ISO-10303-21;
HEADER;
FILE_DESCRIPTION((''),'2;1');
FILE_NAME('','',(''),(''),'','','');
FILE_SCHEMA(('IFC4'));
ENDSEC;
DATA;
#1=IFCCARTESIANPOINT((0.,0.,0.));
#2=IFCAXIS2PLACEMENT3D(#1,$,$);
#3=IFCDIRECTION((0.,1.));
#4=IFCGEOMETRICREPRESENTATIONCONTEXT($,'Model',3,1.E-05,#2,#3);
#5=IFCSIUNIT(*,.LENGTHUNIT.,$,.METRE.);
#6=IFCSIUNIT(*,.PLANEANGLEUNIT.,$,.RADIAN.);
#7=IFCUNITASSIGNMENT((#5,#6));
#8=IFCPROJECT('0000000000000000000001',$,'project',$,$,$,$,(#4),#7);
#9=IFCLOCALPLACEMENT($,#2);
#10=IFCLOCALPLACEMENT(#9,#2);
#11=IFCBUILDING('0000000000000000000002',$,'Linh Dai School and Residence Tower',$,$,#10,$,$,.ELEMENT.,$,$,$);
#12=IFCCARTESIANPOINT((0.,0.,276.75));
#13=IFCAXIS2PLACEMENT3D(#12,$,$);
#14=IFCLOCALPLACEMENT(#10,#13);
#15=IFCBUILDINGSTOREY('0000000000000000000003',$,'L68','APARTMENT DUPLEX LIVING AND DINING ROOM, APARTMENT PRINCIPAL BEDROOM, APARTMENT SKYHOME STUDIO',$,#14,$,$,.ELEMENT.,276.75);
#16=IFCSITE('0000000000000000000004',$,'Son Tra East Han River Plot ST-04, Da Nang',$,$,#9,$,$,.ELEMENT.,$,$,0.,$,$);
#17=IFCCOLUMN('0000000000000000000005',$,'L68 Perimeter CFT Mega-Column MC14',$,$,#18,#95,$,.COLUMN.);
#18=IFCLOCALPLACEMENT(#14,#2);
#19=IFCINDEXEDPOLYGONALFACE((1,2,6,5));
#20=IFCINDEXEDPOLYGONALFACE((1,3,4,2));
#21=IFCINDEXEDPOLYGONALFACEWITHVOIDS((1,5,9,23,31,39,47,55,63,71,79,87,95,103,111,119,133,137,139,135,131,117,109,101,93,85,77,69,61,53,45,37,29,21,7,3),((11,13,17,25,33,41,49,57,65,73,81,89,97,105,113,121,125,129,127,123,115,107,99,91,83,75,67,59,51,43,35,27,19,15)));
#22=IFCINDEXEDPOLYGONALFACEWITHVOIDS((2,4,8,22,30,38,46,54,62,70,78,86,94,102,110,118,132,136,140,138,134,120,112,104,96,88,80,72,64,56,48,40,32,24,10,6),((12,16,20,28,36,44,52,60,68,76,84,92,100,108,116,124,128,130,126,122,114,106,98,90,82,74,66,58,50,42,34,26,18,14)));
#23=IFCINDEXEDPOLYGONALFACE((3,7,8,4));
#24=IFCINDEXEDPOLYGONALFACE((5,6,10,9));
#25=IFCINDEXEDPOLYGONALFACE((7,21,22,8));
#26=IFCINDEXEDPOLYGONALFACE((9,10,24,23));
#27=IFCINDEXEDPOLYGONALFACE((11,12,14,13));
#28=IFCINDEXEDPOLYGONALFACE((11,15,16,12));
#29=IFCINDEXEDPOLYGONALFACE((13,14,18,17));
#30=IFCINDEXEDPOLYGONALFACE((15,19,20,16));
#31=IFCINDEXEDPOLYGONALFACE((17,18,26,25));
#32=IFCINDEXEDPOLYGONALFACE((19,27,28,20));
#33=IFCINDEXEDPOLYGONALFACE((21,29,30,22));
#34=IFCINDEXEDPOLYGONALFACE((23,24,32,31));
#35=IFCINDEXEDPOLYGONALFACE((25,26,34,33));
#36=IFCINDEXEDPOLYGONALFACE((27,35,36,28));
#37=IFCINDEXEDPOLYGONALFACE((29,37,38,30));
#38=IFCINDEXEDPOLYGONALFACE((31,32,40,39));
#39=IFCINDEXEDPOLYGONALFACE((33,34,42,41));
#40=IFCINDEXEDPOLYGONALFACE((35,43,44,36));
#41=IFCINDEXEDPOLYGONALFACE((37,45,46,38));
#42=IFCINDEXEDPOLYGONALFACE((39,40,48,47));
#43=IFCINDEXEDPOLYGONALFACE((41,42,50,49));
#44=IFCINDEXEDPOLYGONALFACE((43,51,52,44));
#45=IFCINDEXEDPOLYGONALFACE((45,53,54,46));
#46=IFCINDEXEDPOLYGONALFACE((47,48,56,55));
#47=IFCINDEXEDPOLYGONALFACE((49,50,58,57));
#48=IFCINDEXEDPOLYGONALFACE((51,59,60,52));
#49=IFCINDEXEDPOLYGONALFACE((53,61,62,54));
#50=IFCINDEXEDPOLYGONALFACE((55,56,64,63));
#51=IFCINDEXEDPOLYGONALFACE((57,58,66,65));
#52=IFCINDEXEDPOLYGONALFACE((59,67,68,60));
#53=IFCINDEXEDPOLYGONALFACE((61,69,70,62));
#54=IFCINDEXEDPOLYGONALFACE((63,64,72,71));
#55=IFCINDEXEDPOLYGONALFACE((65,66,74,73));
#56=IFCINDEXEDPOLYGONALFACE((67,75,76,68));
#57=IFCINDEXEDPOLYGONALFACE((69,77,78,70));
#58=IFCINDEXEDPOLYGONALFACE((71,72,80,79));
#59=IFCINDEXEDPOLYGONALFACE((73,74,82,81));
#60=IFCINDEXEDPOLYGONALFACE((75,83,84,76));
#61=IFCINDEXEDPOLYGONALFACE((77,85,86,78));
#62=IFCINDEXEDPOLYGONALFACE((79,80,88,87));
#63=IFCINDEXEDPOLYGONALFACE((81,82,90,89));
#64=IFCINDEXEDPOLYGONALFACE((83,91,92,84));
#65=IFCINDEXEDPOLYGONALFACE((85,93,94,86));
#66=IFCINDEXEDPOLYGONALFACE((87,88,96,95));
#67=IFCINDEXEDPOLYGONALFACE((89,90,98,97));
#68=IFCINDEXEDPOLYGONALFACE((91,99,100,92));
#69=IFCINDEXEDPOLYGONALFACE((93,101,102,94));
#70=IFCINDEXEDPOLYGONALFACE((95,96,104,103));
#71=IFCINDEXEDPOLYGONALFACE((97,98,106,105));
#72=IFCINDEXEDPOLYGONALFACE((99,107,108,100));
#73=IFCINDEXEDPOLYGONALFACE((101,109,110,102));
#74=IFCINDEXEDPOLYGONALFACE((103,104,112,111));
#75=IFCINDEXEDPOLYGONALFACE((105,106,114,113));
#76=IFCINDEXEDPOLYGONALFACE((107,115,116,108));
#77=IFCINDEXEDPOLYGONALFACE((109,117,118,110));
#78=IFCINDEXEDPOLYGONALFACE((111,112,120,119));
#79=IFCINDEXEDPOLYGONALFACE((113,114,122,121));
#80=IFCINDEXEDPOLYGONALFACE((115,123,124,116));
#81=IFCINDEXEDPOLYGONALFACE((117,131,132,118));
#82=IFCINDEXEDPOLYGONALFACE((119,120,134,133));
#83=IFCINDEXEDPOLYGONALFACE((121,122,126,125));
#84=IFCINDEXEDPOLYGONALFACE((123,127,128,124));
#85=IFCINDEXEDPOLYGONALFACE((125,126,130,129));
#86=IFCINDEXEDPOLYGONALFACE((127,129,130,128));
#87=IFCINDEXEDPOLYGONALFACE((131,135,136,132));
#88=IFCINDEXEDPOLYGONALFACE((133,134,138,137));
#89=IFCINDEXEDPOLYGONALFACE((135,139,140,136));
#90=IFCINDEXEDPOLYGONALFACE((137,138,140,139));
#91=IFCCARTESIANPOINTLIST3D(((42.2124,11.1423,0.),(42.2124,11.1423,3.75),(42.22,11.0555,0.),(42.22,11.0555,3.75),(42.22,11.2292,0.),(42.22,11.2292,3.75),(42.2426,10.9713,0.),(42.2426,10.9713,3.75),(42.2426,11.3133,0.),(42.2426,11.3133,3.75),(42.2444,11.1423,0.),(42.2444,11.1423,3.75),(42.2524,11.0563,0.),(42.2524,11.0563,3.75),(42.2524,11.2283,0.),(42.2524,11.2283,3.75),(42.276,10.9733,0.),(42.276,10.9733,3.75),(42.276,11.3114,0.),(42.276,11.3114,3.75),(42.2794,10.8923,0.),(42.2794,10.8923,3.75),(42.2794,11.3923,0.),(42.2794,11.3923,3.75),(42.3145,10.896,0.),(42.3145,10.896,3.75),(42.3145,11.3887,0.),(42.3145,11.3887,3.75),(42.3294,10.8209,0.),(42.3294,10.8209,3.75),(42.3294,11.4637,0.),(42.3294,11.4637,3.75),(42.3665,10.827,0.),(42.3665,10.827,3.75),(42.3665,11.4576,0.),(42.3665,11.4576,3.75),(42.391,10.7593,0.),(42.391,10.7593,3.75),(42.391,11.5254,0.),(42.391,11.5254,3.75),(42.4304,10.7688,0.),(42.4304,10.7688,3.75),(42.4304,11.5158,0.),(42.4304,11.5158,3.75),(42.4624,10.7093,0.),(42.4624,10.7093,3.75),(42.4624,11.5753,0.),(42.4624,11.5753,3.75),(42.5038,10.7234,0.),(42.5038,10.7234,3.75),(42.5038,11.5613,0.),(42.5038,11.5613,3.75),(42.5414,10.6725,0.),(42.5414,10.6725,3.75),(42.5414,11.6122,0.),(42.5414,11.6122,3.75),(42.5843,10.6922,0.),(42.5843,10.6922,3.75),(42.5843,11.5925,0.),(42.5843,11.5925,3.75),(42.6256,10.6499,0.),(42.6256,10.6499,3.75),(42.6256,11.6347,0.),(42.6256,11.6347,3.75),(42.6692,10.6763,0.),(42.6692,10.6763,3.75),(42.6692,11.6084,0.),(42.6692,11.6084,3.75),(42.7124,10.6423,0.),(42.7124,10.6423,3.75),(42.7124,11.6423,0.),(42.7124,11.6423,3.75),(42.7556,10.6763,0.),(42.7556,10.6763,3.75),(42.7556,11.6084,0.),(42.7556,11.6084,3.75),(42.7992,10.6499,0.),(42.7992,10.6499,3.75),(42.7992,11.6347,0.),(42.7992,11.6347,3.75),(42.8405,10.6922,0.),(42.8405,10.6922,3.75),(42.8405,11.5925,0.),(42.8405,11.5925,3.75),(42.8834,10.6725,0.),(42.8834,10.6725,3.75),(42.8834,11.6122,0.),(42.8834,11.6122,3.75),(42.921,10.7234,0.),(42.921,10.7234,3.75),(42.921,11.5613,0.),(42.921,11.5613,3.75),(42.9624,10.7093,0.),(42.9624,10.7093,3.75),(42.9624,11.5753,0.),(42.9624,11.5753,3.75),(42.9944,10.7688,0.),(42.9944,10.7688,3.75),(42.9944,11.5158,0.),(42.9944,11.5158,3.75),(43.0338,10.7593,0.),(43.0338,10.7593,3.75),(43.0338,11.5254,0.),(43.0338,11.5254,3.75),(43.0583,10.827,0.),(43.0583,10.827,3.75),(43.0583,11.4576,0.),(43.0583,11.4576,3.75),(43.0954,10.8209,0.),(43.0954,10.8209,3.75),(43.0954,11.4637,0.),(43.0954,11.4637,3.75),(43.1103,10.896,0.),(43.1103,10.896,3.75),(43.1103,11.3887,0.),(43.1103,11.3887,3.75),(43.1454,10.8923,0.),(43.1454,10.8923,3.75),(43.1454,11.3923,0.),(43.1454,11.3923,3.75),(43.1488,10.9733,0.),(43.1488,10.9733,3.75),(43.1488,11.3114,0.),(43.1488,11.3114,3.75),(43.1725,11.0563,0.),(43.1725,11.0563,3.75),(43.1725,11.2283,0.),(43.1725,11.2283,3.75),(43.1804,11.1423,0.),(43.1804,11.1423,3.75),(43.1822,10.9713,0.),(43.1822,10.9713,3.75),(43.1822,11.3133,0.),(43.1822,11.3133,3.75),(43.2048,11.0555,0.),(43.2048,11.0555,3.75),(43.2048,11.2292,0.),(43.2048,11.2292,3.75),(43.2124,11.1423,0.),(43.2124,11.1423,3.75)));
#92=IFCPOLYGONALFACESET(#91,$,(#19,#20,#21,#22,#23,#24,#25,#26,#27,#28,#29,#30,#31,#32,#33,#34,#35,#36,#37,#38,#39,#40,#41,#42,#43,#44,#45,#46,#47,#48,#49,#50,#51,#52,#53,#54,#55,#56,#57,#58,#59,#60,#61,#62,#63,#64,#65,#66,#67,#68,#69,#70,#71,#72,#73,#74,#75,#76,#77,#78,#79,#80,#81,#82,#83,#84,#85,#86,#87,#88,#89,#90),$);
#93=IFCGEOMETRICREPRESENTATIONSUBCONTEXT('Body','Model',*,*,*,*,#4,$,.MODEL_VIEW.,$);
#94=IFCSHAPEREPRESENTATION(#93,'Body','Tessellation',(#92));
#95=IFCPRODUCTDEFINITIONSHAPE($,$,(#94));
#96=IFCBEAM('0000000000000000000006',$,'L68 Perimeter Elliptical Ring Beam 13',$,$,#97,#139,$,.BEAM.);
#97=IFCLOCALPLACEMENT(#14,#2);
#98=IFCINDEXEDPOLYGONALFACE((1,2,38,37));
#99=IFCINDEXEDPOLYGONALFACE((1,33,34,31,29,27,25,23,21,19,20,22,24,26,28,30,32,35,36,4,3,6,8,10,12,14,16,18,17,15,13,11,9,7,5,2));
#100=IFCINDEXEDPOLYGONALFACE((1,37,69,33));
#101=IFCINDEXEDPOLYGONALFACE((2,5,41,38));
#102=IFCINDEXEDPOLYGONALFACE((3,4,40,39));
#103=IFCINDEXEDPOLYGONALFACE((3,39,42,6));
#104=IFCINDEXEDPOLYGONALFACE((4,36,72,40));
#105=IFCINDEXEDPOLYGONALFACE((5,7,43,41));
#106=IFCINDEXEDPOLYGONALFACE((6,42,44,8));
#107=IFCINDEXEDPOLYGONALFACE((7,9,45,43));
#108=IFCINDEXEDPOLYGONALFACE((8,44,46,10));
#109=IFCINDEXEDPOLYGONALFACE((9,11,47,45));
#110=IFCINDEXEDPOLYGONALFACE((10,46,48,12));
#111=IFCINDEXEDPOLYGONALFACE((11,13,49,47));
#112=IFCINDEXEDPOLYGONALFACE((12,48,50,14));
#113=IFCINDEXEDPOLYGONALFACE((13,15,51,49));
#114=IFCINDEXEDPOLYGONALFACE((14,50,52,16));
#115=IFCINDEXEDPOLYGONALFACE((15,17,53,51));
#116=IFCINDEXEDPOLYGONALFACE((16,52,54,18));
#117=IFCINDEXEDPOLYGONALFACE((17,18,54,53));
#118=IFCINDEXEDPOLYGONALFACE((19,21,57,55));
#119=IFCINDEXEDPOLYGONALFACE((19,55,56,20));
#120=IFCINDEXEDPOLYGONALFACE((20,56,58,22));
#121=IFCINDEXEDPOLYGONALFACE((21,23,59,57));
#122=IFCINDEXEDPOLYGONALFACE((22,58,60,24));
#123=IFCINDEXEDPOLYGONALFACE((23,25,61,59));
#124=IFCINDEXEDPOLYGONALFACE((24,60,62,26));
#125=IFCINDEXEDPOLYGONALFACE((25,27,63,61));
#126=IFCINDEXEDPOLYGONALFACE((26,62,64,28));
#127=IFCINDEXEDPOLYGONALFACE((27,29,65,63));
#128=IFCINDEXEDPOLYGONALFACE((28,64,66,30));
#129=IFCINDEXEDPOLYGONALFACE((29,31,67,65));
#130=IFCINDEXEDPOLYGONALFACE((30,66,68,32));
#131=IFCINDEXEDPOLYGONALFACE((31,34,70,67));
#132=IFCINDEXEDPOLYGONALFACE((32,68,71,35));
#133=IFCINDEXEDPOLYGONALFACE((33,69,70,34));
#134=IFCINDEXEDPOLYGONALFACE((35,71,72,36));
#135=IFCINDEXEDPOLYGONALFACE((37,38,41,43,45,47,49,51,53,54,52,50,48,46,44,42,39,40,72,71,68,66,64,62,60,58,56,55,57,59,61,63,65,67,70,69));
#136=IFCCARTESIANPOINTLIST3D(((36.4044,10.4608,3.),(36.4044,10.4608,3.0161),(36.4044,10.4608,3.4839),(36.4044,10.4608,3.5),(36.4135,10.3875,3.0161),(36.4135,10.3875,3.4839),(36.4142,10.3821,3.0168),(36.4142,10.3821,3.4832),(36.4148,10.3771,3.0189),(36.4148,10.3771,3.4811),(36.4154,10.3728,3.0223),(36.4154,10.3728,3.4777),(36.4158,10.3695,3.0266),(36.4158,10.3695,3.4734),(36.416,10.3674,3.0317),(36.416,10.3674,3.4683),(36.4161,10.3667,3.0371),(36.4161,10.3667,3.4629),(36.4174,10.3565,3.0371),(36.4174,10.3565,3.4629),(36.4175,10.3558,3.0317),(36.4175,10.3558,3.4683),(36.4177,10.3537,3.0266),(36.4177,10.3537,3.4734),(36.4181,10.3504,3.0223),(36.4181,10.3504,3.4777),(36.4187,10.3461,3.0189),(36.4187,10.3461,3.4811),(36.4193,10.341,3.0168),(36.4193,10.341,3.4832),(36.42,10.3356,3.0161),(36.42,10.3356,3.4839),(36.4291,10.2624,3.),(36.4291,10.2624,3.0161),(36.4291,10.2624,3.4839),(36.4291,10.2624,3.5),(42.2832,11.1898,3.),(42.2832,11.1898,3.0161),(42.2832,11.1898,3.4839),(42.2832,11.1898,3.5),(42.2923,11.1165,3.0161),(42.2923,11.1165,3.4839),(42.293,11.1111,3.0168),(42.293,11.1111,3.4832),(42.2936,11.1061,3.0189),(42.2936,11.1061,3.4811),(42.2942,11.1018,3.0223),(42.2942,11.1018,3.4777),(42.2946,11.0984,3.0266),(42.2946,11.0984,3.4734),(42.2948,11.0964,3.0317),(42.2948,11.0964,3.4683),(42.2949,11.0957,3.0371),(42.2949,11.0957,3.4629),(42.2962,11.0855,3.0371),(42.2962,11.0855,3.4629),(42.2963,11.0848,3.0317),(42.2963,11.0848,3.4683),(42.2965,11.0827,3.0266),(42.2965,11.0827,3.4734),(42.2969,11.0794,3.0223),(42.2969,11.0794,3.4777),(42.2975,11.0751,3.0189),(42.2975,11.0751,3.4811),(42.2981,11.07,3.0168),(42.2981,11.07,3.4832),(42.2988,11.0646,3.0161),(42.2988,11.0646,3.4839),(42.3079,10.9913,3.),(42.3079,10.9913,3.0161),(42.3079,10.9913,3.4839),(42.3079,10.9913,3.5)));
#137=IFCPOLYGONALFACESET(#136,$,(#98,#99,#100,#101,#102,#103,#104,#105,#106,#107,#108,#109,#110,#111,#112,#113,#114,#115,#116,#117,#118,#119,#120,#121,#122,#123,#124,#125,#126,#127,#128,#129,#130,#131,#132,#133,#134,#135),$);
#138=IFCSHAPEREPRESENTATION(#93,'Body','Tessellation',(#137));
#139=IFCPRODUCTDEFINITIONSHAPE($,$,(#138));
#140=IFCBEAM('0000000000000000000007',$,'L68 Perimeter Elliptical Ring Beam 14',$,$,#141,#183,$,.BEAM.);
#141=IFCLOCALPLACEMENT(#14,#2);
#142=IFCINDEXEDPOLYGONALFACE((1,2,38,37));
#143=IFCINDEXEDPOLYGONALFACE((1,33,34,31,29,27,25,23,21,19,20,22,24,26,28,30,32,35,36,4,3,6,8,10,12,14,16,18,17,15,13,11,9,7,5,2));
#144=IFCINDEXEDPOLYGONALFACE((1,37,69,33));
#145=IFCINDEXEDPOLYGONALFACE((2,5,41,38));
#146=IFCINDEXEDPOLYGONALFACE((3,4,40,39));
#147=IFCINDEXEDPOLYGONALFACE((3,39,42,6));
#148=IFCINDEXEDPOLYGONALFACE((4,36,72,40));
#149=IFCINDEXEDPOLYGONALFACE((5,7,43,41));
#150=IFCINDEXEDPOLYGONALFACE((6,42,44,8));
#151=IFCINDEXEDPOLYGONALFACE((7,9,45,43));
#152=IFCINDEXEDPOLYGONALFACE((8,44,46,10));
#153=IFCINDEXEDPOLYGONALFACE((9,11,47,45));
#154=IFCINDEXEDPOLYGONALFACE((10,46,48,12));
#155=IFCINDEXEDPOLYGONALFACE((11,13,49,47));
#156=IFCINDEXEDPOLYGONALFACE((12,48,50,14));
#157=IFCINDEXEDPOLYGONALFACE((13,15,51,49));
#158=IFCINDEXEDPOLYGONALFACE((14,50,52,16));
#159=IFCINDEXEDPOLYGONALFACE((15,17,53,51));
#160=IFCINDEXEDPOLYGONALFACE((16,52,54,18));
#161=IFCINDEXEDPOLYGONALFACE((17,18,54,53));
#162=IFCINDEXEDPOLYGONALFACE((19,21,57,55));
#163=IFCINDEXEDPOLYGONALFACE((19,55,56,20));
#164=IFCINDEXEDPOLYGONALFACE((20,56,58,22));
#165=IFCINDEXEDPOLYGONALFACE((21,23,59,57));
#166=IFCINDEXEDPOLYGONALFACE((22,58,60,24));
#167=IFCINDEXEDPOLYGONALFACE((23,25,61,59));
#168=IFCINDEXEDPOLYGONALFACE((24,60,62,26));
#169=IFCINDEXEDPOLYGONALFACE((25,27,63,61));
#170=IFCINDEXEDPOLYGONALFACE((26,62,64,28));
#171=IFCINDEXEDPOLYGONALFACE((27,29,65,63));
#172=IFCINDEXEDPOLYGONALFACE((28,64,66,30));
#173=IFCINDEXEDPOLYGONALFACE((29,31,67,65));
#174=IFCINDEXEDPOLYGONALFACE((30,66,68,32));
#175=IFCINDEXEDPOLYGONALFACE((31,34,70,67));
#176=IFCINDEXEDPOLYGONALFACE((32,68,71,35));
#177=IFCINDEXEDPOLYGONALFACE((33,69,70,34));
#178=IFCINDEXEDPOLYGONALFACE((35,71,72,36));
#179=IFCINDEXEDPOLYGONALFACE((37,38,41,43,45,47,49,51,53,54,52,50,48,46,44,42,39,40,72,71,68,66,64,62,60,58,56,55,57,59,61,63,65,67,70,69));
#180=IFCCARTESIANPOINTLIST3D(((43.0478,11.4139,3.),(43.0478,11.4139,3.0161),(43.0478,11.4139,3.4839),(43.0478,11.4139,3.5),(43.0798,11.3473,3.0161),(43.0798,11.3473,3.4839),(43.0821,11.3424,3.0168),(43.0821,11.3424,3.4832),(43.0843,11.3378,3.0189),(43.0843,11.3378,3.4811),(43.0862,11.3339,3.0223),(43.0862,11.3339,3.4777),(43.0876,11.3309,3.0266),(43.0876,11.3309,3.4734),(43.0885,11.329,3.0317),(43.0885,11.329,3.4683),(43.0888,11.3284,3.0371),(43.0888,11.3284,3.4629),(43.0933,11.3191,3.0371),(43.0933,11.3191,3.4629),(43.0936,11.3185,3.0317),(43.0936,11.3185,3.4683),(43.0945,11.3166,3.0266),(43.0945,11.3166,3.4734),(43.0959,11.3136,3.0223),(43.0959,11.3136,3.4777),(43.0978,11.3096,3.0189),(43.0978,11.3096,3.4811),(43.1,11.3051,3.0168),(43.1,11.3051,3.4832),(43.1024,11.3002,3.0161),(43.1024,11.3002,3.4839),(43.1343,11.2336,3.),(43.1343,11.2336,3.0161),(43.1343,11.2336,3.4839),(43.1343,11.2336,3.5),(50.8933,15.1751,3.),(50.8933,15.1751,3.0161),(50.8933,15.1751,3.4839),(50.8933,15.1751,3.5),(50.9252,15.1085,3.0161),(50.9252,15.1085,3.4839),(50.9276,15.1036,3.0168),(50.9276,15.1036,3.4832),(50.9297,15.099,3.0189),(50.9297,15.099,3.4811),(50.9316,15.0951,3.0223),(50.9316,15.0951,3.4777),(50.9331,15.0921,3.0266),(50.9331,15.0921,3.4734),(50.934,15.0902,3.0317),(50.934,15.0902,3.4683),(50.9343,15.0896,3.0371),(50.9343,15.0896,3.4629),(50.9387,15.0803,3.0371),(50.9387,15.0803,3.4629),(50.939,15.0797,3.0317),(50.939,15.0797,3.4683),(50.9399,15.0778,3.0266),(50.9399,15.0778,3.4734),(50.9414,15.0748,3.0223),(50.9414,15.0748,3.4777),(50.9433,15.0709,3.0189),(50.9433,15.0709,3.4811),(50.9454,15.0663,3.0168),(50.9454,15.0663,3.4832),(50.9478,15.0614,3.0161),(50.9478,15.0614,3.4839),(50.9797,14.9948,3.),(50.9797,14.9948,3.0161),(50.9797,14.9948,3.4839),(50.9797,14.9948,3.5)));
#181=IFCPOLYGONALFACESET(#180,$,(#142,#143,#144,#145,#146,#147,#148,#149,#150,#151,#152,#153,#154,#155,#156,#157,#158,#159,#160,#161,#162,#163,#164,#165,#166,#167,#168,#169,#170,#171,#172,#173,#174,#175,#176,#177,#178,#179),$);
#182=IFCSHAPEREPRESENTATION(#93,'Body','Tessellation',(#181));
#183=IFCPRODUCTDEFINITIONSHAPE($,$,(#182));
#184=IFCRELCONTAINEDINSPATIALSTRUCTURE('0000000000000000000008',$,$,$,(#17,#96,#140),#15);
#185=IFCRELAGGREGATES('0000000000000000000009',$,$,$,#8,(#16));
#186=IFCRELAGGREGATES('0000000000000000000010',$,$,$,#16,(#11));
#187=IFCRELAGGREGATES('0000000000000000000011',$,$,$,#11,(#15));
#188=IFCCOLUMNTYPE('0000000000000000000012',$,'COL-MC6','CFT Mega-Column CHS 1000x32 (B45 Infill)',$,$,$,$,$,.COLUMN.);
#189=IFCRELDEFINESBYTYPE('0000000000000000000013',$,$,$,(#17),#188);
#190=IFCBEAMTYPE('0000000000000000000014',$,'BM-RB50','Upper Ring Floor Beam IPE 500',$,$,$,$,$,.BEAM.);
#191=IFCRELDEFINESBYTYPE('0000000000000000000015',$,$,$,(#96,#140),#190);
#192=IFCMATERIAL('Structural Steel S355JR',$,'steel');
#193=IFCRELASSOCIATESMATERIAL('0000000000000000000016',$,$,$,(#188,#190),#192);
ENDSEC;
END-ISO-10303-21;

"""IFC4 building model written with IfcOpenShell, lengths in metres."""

from ifc_helpers import new_model, si_unit, direction, frame, origin, origin_2d, place, context, subcontext, project, spatial, hollow_circle, i_section, extrude, material, material_profile, profile_set, type_object, element, save


model = new_model("IFC4")

# Units and contexts
model_context = context("Model", 3, precision=1e-05, world=origin(), true_north=direction((0.0, 1.0)))
body_context = subcontext(model_context, "Body", "Model", "MODEL_VIEW")
ifc_project = project(units=[si_unit("LENGTHUNIT", "METRE"), si_unit("PLANEANGLEUNIT", "RADIAN")], contexts=[model_context])

# Site, building, storey
site_placement = place(None, origin())
site = spatial("IfcSite", under=ifc_project, at=site_placement, Name="Son Tra East Han River Plot ST-04, Da Nang", CompositionType="ELEMENT", RefElevation=0.0)
building_placement = place(site_placement, origin())
building = spatial("IfcBuilding", under=site, at=building_placement, Name="Linh Dai School and Residence Tower", CompositionType="ELEMENT")
storey_placement = place(building_placement, frame((0.0, 0.0, 276.75)))
storey = spatial("IfcBuildingStorey", under=building, at=storey_placement, Name="L68", Description="APARTMENT DUPLEX LIVING AND DINING ROOM, APARTMENT PRINCIPAL BEDROOM, APARTMENT SKYHOME STUDIO", CompositionType="ELEMENT", Elevation=276.75)

# Column
ifc_material_1 = material(Name="Structural Steel S355JR", Category="steel")
ifc_material_profile_1 = material_profile(ifc_material_1, hollow_circle(Radius=0.5, WallThickness=0.032, at=origin_2d()), Name="CHS 1000x32")
ifc_profile_set_1 = profile_set([ifc_material_profile_1], Name="Structural Steel S355JR")
column_type_1 = type_object("IfcColumnType", Name="COL-MC6", Description="CFT Mega-Column CHS 1000x32 (B45 Infill)", PredefinedType="COLUMN", material=ifc_profile_set_1)
for number, where, z_axis, x_axis, name in (
    (1, (42.7124, 11.1423, 0.0), (0.0, 0.0, 1.0), (1.0, 0.0, 0.0), "L68 Perimeter CFT Mega-Column MC14"),
):
    element("IfcColumn", number, at=place(storey_placement, frame(where, z_axis=z_axis, x_axis=x_axis)), inside=storey, type_object=column_type_1, Name=name, PredefinedType="COLUMN", context=body_context, shape_type="SweptSolid", body=[
        extrude(hollow_circle(Radius=0.5, WallThickness=0.032, at=origin_2d()), origin(), (0.0, 0.0, 1.0), 3.75),
    ])

# Beams
ifc_material_profile_2 = material_profile(ifc_material_1, i_section(OverallWidth=0.2, OverallDepth=0.5, WebThickness=0.0103, FlangeThickness=0.0161, FilletRadius=0.021, at=origin_2d()), Name="IPE 500")
ifc_profile_set_2 = profile_set([ifc_material_profile_2], Name="Structural Steel S355JR")
beam_type_1 = type_object("IfcBeamType", Name="BM-RB50", Description="Upper Ring Floor Beam IPE 500", PredefinedType="BEAM", material=ifc_profile_set_2)
beam_1_placement = place(storey_placement, frame((36.4167, 10.3616, 3.25), z_axis=(0.992399, 0.123061, 0.0), x_axis=(-0.123061, 0.992399, 0.0)))
element("IfcBeam", 2, at=beam_1_placement, inside=storey, type_object=beam_type_1, Name="L68 Perimeter Elliptical Ring Beam 13", PredefinedType="BEAM", context=body_context, shape_type="SweptSolid", body=[
    extrude(i_section(OverallWidth=0.2, OverallDepth=0.5, WebThickness=0.0103, FlangeThickness=0.0161, FilletRadius=0.021, at=origin_2d()), origin(), (0.0, 0.0, 1.0), 5.9238),
])
beam_2_placement = place(storey_placement, frame((43.0911, 11.3237, 3.25), z_axis=(0.901729, 0.432302, 0.0), x_axis=(-0.432302, 0.901729, 0.0)))
element("IfcBeam", 3, at=beam_2_placement, inside=storey, type_object=beam_type_1, Name="L68 Perimeter Elliptical Ring Beam 14", PredefinedType="BEAM", context=body_context, shape_type="SweptSolid", body=[
    extrude(i_section(OverallWidth=0.2, OverallDepth=0.5, WebThickness=0.0103, FlangeThickness=0.0161, FilletRadius=0.021, at=origin_2d()), origin(), (0.0, 0.0, 1.0), 8.7004),
])

save(model, "model.ifc")
